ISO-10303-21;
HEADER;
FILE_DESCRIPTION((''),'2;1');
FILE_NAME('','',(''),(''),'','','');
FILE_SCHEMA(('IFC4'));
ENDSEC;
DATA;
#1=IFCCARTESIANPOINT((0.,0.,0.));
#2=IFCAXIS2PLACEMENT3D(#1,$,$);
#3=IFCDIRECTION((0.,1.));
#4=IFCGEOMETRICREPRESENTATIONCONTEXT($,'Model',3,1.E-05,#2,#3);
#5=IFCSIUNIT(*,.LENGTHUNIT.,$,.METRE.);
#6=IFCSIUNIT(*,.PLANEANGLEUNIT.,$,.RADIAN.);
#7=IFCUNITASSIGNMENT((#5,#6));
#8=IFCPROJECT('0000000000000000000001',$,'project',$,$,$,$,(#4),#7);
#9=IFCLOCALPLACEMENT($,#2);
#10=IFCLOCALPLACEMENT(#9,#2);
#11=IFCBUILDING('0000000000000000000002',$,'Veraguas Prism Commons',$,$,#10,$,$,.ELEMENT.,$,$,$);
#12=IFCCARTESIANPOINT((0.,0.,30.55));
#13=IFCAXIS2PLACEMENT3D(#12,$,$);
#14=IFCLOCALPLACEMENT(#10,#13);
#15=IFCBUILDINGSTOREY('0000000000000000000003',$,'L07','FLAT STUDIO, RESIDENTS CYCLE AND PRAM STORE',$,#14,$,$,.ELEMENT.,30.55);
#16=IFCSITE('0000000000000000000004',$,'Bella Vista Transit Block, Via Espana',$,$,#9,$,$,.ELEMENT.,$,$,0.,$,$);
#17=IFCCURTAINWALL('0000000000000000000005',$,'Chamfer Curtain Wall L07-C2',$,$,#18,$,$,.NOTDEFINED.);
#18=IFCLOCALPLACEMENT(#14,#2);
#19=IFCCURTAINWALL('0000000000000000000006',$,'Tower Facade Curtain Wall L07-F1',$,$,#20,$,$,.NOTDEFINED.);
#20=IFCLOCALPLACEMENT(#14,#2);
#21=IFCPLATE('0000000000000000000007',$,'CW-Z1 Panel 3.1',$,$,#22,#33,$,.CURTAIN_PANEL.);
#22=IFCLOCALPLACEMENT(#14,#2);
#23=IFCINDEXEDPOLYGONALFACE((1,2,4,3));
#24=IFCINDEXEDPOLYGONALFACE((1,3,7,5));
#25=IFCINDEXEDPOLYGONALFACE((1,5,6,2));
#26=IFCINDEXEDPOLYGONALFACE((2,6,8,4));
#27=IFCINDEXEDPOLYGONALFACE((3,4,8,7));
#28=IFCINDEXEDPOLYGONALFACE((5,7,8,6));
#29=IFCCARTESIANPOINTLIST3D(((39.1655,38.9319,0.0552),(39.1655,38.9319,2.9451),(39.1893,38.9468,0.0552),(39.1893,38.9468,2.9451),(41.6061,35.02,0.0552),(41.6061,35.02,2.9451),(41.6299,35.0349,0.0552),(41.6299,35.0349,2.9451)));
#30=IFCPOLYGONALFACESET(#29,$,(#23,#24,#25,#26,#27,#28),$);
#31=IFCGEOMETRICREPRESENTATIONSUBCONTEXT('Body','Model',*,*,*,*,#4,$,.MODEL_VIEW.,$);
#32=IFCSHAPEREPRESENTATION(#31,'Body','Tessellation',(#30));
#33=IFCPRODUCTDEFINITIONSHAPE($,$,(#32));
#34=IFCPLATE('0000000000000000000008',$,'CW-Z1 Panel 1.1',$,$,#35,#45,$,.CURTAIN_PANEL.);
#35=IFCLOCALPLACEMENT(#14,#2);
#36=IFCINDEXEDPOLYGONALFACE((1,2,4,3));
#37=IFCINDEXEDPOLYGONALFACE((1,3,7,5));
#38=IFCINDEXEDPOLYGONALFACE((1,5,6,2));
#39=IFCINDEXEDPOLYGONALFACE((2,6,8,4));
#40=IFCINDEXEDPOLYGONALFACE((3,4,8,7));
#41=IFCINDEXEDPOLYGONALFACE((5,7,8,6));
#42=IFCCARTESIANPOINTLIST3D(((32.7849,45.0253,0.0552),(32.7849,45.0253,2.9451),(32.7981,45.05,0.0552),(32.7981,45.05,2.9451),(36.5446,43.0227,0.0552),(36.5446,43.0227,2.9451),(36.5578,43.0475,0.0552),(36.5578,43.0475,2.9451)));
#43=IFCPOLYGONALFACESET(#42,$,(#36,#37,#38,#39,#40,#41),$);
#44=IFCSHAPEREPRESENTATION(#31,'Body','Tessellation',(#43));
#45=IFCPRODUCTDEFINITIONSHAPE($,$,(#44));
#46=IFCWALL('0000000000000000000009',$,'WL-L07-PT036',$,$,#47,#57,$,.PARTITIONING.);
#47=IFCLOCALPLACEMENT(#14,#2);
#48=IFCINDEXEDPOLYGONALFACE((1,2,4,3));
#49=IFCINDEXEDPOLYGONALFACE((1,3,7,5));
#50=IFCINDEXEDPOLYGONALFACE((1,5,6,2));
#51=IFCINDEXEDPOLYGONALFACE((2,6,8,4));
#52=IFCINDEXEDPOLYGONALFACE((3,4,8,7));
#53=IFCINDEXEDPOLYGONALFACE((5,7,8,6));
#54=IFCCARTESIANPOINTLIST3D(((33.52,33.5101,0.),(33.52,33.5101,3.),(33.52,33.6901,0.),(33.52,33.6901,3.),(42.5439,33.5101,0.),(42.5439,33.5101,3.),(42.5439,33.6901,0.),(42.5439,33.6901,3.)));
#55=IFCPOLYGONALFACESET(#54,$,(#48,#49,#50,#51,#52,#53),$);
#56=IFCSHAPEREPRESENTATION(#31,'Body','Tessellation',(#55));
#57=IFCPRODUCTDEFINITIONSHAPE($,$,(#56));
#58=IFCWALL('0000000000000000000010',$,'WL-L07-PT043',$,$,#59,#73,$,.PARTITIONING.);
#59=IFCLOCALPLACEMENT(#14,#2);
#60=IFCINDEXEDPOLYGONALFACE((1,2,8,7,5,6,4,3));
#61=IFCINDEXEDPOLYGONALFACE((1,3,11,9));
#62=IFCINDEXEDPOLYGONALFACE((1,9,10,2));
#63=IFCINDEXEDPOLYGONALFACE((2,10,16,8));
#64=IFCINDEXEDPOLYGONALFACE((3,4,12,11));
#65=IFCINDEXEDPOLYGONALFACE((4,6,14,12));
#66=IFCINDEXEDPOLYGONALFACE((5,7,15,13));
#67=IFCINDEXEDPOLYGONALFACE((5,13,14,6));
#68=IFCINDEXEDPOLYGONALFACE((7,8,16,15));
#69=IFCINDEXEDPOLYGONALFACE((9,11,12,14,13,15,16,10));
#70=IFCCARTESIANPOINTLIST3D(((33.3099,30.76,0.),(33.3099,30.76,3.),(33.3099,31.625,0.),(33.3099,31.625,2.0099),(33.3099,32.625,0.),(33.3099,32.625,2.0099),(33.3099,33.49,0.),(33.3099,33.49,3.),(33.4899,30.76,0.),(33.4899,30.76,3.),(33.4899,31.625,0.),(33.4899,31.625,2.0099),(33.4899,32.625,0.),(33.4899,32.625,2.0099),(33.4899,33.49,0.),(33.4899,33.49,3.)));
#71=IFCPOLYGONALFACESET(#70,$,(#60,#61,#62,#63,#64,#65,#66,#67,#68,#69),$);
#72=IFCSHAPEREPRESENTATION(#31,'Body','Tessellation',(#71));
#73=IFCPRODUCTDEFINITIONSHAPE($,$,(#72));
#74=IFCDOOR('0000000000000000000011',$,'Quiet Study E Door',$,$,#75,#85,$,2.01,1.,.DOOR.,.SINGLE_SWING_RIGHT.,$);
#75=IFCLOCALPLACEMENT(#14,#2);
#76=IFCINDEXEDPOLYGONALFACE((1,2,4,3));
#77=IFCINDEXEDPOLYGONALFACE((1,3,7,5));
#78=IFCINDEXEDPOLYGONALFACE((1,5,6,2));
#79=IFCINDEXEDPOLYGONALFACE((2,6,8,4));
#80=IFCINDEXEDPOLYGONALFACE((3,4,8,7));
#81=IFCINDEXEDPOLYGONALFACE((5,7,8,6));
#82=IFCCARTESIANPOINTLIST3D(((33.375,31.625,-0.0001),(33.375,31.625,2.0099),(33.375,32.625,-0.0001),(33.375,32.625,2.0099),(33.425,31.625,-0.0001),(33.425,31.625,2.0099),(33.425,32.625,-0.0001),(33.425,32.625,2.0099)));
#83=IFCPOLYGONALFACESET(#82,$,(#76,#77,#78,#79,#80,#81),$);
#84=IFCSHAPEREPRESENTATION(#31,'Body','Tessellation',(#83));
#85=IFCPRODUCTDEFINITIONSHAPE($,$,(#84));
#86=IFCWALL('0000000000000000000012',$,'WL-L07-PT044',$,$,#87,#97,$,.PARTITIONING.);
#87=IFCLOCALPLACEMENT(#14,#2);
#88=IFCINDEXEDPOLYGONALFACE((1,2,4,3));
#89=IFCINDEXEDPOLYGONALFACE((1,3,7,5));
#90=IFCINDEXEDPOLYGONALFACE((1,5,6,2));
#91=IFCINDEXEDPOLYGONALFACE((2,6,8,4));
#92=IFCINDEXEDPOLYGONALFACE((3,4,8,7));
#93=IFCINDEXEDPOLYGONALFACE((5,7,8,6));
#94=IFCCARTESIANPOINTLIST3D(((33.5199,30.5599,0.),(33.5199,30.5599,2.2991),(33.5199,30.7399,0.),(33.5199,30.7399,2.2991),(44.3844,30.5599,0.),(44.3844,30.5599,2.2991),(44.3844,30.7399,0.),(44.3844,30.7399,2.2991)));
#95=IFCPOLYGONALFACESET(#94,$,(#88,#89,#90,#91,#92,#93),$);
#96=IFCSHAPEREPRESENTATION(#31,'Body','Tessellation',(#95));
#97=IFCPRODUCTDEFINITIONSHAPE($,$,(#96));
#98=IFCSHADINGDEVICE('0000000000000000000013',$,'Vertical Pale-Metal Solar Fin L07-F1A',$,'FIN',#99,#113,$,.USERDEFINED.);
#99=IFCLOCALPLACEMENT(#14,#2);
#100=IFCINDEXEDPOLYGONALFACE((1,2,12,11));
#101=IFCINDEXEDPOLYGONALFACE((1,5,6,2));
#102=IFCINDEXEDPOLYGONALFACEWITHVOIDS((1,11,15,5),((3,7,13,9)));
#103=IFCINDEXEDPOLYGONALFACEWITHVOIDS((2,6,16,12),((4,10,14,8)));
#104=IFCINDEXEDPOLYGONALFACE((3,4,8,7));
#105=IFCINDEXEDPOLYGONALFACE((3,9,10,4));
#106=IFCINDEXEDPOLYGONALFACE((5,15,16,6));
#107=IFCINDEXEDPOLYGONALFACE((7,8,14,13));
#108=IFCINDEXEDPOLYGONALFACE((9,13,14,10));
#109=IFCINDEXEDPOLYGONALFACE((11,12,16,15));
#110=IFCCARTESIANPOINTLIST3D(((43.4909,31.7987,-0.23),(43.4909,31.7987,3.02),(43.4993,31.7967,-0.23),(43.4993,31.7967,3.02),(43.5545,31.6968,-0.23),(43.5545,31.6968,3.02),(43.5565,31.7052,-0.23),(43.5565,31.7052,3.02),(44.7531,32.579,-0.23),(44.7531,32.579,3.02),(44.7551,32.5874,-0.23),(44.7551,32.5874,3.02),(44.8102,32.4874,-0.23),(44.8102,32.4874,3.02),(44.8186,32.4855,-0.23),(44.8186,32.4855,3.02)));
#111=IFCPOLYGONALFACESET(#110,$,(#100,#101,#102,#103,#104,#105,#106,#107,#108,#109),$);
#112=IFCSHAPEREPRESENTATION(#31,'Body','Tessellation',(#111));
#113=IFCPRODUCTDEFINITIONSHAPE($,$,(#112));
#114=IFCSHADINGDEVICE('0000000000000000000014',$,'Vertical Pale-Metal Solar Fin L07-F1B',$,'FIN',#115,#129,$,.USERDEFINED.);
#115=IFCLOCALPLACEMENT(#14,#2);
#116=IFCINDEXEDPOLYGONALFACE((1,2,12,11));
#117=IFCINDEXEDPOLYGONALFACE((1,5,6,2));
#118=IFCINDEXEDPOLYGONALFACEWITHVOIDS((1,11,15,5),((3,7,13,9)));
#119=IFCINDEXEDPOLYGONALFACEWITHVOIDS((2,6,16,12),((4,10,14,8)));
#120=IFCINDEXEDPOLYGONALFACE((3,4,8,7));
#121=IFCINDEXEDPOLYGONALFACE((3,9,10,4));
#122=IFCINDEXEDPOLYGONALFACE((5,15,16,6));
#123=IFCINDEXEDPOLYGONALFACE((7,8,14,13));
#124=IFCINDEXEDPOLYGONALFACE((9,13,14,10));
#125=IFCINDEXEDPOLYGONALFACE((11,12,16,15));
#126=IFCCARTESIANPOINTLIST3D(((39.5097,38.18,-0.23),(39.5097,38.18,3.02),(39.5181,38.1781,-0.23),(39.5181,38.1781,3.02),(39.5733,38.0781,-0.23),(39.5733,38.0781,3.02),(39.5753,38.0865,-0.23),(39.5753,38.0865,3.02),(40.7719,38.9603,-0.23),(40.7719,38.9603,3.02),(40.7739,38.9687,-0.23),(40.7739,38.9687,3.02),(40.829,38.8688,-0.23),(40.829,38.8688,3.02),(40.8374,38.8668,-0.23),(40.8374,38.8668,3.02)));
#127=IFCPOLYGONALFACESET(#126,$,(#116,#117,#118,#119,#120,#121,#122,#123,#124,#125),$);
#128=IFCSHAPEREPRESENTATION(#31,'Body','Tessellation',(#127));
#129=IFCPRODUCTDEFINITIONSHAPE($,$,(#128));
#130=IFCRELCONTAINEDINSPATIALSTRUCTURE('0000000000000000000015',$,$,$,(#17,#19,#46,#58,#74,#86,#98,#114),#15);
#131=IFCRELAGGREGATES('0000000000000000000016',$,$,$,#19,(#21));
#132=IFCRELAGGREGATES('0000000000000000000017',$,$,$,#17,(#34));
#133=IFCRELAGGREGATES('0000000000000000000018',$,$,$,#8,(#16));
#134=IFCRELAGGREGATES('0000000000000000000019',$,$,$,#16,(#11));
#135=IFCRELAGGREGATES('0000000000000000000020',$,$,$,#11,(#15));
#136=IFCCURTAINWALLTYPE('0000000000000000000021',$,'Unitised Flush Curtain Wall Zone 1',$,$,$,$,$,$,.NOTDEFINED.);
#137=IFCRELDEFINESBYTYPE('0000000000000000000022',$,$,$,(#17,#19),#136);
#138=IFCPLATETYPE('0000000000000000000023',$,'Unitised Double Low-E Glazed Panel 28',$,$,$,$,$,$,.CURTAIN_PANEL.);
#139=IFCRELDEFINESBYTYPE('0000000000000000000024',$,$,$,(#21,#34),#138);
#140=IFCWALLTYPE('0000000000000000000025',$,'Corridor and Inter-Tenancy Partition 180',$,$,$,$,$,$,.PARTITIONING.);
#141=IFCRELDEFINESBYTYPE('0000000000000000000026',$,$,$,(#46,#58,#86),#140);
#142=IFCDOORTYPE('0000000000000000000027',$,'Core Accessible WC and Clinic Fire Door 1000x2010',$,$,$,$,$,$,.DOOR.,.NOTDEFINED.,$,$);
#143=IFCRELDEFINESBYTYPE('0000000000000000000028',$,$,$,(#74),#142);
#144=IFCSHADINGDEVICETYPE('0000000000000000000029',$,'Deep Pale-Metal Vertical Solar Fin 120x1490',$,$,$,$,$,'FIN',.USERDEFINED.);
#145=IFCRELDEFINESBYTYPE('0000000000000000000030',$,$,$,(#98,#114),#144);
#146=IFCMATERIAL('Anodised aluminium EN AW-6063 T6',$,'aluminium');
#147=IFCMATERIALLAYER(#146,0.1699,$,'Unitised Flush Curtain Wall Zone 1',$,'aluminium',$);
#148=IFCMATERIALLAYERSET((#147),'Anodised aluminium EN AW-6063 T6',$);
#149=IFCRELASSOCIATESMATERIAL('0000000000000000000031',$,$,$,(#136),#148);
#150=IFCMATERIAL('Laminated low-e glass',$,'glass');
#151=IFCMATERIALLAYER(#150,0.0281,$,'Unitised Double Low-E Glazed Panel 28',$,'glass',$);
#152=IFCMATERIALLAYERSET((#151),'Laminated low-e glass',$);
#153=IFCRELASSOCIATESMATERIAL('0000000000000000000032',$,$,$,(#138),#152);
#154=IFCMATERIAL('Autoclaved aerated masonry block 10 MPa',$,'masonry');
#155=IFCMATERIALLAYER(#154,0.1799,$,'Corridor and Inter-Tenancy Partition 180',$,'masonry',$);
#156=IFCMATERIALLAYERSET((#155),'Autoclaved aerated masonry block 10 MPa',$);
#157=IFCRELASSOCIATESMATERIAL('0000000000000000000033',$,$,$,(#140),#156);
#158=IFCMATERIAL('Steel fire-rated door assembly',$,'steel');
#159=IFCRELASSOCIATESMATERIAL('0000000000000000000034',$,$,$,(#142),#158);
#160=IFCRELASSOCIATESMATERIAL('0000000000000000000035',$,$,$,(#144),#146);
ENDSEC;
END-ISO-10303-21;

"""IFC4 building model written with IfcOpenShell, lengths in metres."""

from ifc_helpers import new_model, si_unit, direction, frame, frame_2d, origin, origin_2d, place, context, subcontext, project, spatial, rectangle, hollow_rectangle, extrude, source, transform, mapped, material, layer, layer_set, material_profile, profile_set, type_object, element, fill, aggregate, save


model = new_model("IFC4")

# Units and contexts
model_context = context("Model", 3, precision=1e-05, world=origin(), true_north=direction((0.0, 1.0)))
body_context = subcontext(model_context, "Body", "Model", "MODEL_VIEW")
ifc_project = project(units=[si_unit("LENGTHUNIT", "METRE"), si_unit("PLANEANGLEUNIT", "RADIAN")], contexts=[model_context])

# Site, building, storey
site_placement = place(None, origin())
site = spatial("IfcSite", under=ifc_project, at=site_placement, Name="Bella Vista Transit Block, Via Espana", CompositionType="ELEMENT", RefElevation=0.0)
building_placement = place(site_placement, origin())
building = spatial("IfcBuilding", under=site, at=building_placement, Name="Veraguas Prism Commons", CompositionType="ELEMENT")
storey_placement = place(building_placement, frame((0.0, 0.0, 30.55)))
storey = spatial("IfcBuildingStorey", under=building, at=storey_placement, Name="L07", Description="FLAT STUDIO, RESIDENTS CYCLE AND PRAM STORE", CompositionType="ELEMENT", Elevation=30.55)

# Shared definitions
ifc_material_1 = material(Name="Anodised aluminium EN AW-6063 T6", Category="aluminium")
ifc_layer_1 = layer(ifc_material_1, 0.1699, Name="Unitised Flush Curtain Wall Zone 1", Category="aluminium")
ifc_layer_set_1 = layer_set([ifc_layer_1], Name="Anodised aluminium EN AW-6063 T6")
curtain_wall_type = type_object("IfcCurtainWallType", Name="Unitised Flush Curtain Wall Zone 1", PredefinedType="NOTDEFINED", material=ifc_layer_set_1)

# Curtain walls
curtain_wall_1_placement = place(storey_placement, origin())
curtain_wall_1 = element("IfcCurtainWall", 1, at=curtain_wall_1_placement, inside=storey, type_object=curtain_wall_type, Name="Chamfer Curtain Wall L07-C2", PredefinedType="NOTDEFINED")
curtain_wall_2_placement = place(storey_placement, origin())
curtain_wall_2 = element("IfcCurtainWall", 2, at=curtain_wall_2_placement, inside=storey, type_object=curtain_wall_type, Name="Tower Facade Curtain Wall L07-F1", PredefinedType="NOTDEFINED")

# Plates
ifc_material_2 = material(Name="Laminated low-e glass", Category="glass")
ifc_layer_2 = layer(ifc_material_2, 0.0281, Name="Unitised Double Low-E Glazed Panel 28", Category="glass")
ifc_layer_set_2 = layer_set([ifc_layer_2], Name="Laminated low-e glass")
plate_type = type_object("IfcPlateType", Name="Unitised Double Low-E Glazed Panel 28", PredefinedType="CURTAIN_PANEL", material=ifc_layer_set_2)
shared_shape_1 = source(origin(), body_context, "Body", "SweptSolid", [
    extrude(rectangle(XDim=4.6108, YDim=0.0281, at=origin_2d()), origin(), (0.0, 0.0, 1.0), 2.8899),
])
plate_1_placement = place(storey_placement, frame((40.3977, 36.9834, 0.0552), z_axis=(0.0, 0.0, 1.0), x_axis=(-0.529324, 0.84842, 0.0)))
plate_1 = element("IfcPlate", 3, at=plate_1_placement, type_object=plate_type, Name="CW-Z1 Panel 3.1", PredefinedType="CURTAIN_PANEL", context=body_context, shape_type="MappedRepresentation", body=[
    mapped(shared_shape_1, transform((0.0, 0.0, 0.0), scale=1.0)),
])
aggregate(curtain_wall_2, [plate_1])
shared_shape_2 = source(origin(), body_context, "Body", "SweptSolid", [
    extrude(rectangle(XDim=4.2598, YDim=0.0281, at=origin_2d()), origin(), (0.0, 0.0, 1.0), 2.8899),
])
plate_2_placement = place(storey_placement, frame((34.6714, 44.0364, 0.0552), z_axis=(0.0, 0.0, 1.0), x_axis=(-0.88261, 0.470106, 0.0)))
plate_2 = element("IfcPlate", 4, at=plate_2_placement, type_object=plate_type, Name="CW-Z1 Panel 1.1", PredefinedType="CURTAIN_PANEL", context=body_context, shape_type="MappedRepresentation", body=[
    mapped(shared_shape_2, transform((0.0, 0.0, 0.0), scale=1.0)),
])
aggregate(curtain_wall_1, [plate_2])

# Wall
ifc_material_3 = material(Name="Autoclaved aerated masonry block 10 MPa", Category="masonry")
ifc_layer_3 = layer(ifc_material_3, 0.1799, Name="Corridor and Inter-Tenancy Partition 180", Category="masonry")
ifc_layer_set_3 = layer_set([ifc_layer_3], Name="Autoclaved aerated masonry block 10 MPa")
wall_type = type_object("IfcWallType", Name="Corridor and Inter-Tenancy Partition 180", PredefinedType="PARTITIONING", material=ifc_layer_set_3)
wall_1_placement = place(storey_placement, frame((33.52, 33.6001, 0.0), z_axis=(0.0, 0.0, 1.0), x_axis=(1.0, 0.0, 0.0)))
element("IfcWall", 5, at=wall_1_placement, inside=storey, type_object=wall_type, Name="WL-L07-PT036", PredefinedType="PARTITIONING", context=body_context, shape_type="SweptSolid", body=[
    extrude(rectangle(XDim=9.0239, YDim=0.1799, at=frame_2d((4.512, 0.0))), origin(), (0.0, 0.0, 1.0), 3.0),
])

# Wall, opening, door
wall_2_placement = place(storey_placement, frame((33.3999, 30.76, 0.0), z_axis=(0.0, 0.0, 1.0), x_axis=(0.0, 1.0, 0.0)))
wall_2 = element("IfcWall", 6, at=wall_2_placement, inside=storey, type_object=wall_type, Name="WL-L07-PT043", PredefinedType="PARTITIONING", context=body_context, shape_type="SweptSolid", body=[
    extrude(rectangle(XDim=2.73, YDim=0.1799, at=frame_2d((1.365, 0.0))), origin(), (0.0, 0.0, 1.0), 3.0),
])
opening_placement = place(wall_2_placement, frame((0.865, 0.0, 0.0)))
opening = element("IfcOpeningElement", 7, at=opening_placement, cuts=wall_2, PredefinedType="OPENING", context=body_context, shape_type="SweptSolid", body=[
    extrude(rectangle(XDim=1.0, YDim=2.01, at=frame_2d((0.5, 1.0049))), frame((0.0, 0.0999, 0.0), z_axis=(0.0, -1.0, 0.0), x_axis=(1.0, 0.0, 0.0)), (0.0, 0.0, 1.0), 0.2),
])
ifc_material_4 = material(Name="Steel fire-rated door assembly", Category="steel")
door_type = type_object("IfcDoorType", Name="Core Accessible WC and Clinic Fire Door 1000x2010", OperationType="NOTDEFINED", PredefinedType="DOOR", material=ifc_material_4)
shared_shape_3 = source(origin(), body_context, "Body", "SweptSolid", [
    extrude(rectangle(XDim=1.0, YDim=2.01, at=frame_2d((0.5, 1.0049))), frame((0.0, 0.0249, 0.0), z_axis=(0.0, -1.0, 0.0), x_axis=(1.0, 0.0, 0.0)), (0.0, 0.0, 1.0), 0.05),
])
door_placement = place(opening_placement, origin())
door = element("IfcDoor", 8, at=door_placement, inside=storey, type_object=door_type, Name="Quiet Study E Door", OperationType="SINGLE_SWING_RIGHT", OverallHeight=2.01, OverallWidth=1.0, PredefinedType="DOOR", context=body_context, shape_type="MappedRepresentation", body=[
    mapped(shared_shape_3, transform((0.0, 0.0, 0.0), scale=1.0)),
])
fill(opening, door)

# Wall
wall_3_placement = place(storey_placement, frame((33.52, 30.6499, 0.0), z_axis=(0.0, 0.0, 1.0), x_axis=(1.0, 0.0, 0.0)))
element("IfcWall", 9, at=wall_3_placement, inside=storey, type_object=wall_type, Name="WL-L07-PT044", PredefinedType="PARTITIONING", context=body_context, shape_type="SweptSolid", body=[
    extrude(rectangle(XDim=10.8645, YDim=0.1799, at=frame_2d((5.4321, 0.0))), origin(), (0.0, 0.0, 1.0), 2.2991),
])

# Shading devices
ifc_material_profile_1 = material_profile(ifc_material_1, hollow_rectangle(XDim=0.1201, YDim=1.49, WallThickness=0.0061, at=origin_2d()), Name="FIN120X1490X6")
ifc_profile_set_1 = profile_set([ifc_material_profile_1], Name="Anodised aluminium EN AW-6063 T6")
shading_device_type = type_object("IfcShadingDeviceType", Name="Deep Pale-Metal Vertical Solar Fin 120x1490", ElementType="FIN", PredefinedType="USERDEFINED", material=ifc_profile_set_1)
for number, where, z_axis, x_axis, name in (
    (10, (44.1548, 32.1421, -0.23), (0.0, 0.0, 1.0), (-0.529329, 0.848417, 0.0), "Vertical Pale-Metal Solar Fin L07-F1A"),
    (11, (40.1736, 38.5234, -0.23), (0.0, 0.0, 1.0), (-0.529329, 0.848417, 0.0), "Vertical Pale-Metal Solar Fin L07-F1B"),
):
    element("IfcShadingDevice", number, at=place(storey_placement, frame(where, z_axis=z_axis, x_axis=x_axis)), inside=storey, type_object=shading_device_type, Name=name, ObjectType="FIN", PredefinedType="USERDEFINED", context=body_context, shape_type="SweptSolid", body=[
        extrude(hollow_rectangle(XDim=0.1201, YDim=1.49, WallThickness=0.0061, at=origin_2d()), origin(), (0.0, 0.0, 1.0), 3.25),
    ])

save(model, "model.ifc")
